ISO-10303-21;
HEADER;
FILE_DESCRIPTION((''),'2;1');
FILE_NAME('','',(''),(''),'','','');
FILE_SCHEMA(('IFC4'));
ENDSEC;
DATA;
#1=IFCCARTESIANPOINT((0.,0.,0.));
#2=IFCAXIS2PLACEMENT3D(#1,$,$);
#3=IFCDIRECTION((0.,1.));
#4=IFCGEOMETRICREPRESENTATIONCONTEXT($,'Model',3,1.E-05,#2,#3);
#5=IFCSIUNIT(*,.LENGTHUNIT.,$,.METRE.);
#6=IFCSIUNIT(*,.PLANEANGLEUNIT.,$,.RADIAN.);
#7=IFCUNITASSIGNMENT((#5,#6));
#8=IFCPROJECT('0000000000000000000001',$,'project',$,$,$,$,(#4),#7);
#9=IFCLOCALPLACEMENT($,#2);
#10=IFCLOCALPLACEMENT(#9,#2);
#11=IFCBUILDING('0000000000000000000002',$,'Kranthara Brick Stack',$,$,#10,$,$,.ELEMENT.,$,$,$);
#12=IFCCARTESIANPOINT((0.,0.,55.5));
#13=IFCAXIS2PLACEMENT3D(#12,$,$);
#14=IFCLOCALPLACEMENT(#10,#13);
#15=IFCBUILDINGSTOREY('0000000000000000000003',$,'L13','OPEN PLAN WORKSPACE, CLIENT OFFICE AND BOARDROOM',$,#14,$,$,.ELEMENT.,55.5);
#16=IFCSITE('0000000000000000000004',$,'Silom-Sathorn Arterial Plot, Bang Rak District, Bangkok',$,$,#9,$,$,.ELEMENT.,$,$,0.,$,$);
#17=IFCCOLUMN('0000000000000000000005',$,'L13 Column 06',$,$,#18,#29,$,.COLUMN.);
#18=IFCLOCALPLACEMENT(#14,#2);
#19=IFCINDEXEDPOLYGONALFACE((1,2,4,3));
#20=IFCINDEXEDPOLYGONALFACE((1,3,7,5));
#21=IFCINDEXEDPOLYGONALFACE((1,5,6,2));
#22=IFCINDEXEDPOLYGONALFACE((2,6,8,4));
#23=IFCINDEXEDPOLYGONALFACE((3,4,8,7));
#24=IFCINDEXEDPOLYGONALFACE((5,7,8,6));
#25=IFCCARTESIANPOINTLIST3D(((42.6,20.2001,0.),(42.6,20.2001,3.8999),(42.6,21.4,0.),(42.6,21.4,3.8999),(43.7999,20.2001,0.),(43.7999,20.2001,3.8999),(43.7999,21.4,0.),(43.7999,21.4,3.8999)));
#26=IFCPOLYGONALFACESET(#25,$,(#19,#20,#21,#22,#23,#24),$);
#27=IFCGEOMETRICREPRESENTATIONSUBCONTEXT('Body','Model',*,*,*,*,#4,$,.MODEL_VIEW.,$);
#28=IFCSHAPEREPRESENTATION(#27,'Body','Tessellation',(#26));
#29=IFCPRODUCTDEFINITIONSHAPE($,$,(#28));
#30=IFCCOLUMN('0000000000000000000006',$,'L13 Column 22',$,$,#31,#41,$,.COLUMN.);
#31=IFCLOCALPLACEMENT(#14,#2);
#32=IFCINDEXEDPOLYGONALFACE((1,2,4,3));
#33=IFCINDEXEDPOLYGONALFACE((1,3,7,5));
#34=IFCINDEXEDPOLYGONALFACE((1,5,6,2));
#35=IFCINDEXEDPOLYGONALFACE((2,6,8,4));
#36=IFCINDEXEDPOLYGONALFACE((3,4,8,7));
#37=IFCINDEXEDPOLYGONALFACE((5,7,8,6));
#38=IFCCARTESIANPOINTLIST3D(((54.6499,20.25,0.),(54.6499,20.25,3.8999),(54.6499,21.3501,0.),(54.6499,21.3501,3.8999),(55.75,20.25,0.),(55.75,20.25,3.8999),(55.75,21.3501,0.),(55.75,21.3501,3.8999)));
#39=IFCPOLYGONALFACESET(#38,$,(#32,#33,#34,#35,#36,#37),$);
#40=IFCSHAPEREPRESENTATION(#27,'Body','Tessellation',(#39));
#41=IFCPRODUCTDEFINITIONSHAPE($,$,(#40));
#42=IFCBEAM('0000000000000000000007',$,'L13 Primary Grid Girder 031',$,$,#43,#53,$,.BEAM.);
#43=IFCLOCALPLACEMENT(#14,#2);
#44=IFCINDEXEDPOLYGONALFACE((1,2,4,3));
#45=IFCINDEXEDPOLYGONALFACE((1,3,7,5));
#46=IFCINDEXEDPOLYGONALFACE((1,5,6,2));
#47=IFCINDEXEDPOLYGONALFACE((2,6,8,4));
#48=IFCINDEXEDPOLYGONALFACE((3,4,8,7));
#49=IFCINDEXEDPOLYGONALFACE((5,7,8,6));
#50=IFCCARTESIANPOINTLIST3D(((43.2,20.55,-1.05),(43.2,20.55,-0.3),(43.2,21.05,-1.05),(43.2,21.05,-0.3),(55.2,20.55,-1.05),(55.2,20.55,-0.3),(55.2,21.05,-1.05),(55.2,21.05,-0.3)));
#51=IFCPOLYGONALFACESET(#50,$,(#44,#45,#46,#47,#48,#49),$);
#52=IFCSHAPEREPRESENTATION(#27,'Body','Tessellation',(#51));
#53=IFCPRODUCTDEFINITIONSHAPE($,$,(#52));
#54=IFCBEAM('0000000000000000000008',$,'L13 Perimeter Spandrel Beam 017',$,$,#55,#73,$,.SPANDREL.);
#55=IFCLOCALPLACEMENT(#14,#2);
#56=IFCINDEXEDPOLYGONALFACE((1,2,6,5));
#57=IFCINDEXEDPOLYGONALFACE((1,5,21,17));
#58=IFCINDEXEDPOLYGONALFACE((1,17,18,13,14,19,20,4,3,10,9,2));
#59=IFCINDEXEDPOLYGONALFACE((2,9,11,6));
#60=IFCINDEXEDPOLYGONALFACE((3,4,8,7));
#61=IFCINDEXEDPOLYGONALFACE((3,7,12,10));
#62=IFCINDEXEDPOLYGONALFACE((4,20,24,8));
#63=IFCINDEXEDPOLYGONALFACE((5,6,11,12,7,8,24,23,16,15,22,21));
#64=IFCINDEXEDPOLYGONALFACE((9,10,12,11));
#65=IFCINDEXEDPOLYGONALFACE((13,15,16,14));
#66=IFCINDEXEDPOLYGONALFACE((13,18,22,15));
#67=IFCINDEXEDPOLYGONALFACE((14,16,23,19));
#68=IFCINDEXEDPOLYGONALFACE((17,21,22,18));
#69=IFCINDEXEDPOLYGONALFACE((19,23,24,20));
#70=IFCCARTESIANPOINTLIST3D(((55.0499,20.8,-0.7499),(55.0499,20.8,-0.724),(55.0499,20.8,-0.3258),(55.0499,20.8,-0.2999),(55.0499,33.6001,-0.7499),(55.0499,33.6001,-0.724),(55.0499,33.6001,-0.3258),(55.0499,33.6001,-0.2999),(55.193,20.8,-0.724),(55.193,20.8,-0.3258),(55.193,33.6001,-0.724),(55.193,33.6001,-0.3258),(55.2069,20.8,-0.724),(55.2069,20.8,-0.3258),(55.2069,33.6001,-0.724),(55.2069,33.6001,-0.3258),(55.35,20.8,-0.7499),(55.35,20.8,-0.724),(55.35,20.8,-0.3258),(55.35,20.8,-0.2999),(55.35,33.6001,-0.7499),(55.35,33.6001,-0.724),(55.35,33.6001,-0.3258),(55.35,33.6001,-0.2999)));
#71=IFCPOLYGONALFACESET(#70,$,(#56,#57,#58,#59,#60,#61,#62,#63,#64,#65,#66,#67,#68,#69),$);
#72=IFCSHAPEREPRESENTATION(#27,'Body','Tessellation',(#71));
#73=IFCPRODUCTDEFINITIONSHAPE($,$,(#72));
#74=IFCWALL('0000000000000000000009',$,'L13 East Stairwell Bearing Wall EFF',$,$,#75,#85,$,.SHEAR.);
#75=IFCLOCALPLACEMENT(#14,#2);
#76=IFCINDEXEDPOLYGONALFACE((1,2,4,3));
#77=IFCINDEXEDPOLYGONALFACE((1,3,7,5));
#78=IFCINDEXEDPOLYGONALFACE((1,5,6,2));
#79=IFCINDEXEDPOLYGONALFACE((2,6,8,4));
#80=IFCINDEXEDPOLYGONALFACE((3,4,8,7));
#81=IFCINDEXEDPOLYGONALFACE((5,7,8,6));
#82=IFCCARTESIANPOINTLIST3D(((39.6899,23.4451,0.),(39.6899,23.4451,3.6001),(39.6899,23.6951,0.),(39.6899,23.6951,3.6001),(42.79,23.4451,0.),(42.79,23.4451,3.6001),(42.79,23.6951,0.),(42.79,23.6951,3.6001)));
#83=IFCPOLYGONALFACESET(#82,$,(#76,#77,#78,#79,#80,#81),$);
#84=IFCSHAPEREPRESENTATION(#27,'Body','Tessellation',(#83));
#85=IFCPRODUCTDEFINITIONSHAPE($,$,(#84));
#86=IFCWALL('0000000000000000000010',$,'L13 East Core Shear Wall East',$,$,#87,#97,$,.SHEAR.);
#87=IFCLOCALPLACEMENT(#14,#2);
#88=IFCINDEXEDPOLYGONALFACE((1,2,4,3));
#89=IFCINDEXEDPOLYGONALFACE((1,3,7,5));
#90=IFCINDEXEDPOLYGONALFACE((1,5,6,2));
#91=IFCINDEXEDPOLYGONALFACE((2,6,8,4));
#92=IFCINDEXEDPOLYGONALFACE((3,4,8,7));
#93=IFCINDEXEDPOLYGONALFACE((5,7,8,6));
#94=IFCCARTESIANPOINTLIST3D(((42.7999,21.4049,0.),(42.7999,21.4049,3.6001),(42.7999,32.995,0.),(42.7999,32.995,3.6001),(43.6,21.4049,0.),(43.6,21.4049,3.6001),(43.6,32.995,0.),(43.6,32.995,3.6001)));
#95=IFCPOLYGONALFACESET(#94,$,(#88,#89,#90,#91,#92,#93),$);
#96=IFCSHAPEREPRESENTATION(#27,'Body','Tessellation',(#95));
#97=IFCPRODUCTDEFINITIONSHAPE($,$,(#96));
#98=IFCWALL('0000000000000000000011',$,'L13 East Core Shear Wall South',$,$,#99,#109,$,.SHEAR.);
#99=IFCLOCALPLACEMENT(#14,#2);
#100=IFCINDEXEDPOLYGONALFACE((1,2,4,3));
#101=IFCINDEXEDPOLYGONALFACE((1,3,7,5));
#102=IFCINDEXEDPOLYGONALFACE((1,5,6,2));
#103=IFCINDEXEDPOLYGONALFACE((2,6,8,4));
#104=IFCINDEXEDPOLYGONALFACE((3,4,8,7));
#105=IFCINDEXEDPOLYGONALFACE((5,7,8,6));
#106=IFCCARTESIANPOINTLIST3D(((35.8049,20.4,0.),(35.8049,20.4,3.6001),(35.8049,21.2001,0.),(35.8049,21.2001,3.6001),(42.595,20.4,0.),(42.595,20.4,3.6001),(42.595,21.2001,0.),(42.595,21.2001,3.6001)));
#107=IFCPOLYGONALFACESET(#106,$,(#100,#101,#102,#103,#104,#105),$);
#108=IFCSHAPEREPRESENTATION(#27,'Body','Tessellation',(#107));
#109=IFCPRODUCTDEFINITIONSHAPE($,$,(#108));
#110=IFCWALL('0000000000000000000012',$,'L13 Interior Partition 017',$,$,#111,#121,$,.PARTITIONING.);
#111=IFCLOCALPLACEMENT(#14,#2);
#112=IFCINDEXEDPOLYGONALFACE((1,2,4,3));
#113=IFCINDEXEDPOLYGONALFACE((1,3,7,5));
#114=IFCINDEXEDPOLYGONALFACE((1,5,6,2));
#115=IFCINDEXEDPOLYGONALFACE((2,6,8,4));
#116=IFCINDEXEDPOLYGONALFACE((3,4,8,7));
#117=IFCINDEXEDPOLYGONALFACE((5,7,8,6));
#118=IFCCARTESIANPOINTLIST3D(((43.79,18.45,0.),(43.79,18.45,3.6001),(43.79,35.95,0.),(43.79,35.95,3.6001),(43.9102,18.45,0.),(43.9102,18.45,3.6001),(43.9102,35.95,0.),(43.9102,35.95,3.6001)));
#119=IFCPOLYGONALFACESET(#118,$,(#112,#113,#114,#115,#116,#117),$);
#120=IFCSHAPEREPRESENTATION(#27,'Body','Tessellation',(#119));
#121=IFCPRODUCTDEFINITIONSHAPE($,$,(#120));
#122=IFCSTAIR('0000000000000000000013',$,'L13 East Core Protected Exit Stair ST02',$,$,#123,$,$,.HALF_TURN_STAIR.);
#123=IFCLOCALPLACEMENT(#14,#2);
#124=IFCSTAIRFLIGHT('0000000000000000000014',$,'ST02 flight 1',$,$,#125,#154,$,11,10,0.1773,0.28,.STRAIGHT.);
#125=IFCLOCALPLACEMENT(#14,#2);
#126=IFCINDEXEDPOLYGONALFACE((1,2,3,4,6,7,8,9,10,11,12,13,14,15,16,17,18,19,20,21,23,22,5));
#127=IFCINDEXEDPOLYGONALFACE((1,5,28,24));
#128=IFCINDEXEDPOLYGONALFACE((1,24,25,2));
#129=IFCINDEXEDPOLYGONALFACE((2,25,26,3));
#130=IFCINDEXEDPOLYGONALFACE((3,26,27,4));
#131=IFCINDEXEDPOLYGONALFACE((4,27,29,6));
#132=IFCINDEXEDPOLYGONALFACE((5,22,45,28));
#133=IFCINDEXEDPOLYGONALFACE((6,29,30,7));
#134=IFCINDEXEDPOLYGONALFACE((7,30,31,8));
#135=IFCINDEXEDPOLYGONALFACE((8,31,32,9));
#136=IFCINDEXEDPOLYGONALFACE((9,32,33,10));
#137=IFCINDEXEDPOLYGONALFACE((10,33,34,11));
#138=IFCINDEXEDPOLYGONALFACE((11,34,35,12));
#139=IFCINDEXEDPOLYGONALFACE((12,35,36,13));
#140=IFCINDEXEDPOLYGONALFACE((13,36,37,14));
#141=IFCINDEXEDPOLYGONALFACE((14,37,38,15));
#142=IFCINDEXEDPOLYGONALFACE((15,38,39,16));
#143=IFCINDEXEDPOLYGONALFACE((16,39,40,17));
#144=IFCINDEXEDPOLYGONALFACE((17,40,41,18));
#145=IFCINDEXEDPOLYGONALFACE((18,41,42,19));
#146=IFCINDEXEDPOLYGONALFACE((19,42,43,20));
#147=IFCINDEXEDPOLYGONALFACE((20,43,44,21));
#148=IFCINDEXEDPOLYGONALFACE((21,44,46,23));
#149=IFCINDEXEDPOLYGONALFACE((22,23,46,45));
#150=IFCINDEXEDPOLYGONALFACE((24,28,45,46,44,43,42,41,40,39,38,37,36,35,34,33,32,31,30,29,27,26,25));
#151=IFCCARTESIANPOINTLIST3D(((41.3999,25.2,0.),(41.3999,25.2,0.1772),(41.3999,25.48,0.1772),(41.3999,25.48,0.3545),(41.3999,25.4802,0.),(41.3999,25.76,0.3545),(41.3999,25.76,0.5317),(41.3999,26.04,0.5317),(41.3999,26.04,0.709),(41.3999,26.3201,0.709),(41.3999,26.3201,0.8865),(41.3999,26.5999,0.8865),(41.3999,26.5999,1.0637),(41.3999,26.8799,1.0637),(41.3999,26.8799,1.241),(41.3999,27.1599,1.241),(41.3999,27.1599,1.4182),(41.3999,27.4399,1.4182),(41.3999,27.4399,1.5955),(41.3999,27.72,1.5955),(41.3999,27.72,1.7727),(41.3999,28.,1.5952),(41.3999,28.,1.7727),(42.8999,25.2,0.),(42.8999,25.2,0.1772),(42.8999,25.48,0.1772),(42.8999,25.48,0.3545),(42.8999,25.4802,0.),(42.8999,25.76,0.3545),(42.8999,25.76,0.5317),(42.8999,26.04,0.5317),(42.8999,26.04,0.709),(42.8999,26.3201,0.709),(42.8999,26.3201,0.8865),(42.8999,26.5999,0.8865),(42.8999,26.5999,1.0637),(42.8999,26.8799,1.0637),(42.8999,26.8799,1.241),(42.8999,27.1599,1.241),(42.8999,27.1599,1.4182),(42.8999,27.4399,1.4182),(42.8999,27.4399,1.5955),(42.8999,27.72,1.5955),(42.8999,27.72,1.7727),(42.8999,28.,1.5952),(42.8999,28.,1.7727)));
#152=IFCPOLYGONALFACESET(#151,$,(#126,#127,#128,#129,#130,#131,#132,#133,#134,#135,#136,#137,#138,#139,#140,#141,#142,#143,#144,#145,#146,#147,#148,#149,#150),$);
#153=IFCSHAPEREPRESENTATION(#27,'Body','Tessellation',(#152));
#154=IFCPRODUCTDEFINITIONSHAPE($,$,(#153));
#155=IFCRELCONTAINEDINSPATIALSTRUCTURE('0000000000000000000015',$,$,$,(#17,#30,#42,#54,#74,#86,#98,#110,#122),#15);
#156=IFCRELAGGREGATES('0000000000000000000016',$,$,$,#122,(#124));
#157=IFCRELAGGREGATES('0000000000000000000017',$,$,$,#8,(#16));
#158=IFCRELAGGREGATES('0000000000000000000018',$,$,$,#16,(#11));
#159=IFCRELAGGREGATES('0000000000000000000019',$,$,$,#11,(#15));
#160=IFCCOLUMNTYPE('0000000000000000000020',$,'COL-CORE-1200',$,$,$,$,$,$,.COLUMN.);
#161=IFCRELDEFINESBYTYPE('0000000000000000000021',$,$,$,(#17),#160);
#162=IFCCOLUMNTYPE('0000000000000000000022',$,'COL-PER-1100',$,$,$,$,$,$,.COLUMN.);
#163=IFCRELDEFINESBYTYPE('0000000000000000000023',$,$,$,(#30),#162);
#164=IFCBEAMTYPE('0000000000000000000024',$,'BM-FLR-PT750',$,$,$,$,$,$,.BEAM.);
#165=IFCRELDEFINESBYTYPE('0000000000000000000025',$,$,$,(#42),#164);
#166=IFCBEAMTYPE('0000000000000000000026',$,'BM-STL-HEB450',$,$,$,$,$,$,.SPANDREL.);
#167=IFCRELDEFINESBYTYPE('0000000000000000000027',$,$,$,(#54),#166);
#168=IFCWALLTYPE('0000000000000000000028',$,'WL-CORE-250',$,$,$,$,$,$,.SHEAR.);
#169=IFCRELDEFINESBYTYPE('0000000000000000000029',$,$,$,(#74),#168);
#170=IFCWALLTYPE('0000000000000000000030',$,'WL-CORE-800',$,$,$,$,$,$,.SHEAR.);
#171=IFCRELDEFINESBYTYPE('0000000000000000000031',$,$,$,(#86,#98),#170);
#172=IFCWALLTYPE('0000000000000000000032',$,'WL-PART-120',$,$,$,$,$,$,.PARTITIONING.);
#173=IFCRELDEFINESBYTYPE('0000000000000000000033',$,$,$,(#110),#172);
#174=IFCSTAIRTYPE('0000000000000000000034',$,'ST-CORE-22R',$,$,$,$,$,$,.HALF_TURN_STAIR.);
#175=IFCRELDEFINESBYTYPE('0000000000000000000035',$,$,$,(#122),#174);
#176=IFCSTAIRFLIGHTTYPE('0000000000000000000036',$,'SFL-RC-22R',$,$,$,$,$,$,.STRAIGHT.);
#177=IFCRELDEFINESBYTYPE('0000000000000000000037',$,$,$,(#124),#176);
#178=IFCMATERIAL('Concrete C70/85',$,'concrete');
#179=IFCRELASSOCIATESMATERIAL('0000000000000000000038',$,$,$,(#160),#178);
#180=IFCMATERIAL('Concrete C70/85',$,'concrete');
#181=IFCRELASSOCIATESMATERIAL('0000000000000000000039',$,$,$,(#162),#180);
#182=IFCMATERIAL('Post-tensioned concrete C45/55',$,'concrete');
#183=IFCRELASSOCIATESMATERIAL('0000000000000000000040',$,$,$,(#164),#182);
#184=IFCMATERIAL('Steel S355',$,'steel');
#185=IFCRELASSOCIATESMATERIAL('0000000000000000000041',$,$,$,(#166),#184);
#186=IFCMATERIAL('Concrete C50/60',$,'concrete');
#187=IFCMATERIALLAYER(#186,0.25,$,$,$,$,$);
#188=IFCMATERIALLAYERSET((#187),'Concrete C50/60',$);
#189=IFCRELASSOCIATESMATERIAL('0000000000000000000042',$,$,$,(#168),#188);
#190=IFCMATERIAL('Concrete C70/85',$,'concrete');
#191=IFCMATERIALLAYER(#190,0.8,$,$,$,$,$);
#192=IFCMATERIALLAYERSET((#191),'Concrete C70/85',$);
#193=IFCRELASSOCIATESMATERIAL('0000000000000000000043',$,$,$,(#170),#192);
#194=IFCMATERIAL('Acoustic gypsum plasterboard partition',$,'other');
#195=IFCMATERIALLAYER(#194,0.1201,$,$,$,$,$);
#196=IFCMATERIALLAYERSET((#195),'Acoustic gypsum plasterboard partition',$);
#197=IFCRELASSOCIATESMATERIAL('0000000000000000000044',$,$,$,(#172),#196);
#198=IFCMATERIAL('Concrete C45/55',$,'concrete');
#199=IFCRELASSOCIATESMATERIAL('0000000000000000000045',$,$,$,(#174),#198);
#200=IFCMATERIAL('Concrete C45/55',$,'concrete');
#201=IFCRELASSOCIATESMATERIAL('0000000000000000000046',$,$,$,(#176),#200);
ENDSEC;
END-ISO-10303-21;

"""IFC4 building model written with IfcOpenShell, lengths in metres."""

from ifc_helpers import new_model, si_unit, direction, frame, frame_2d, origin, origin_2d, place, context, subcontext, project, spatial, polyline, rectangle, i_section, outline, extrude, material, layer, layer_set, material_profile, profile_set, type_object, element, aggregate, save


model = new_model("IFC4")

# Units and contexts
model_context = context("Model", 3, precision=1e-05, world=origin(), true_north=direction((0.0, 1.0)))
body_context = subcontext(model_context, "Body", "Model", "MODEL_VIEW")
ifc_project = project(units=[si_unit("LENGTHUNIT", "METRE"), si_unit("PLANEANGLEUNIT", "RADIAN")], contexts=[model_context])

# Site, building, storey
site_placement = place(None, origin())
site = spatial("IfcSite", under=ifc_project, at=site_placement, Name="Silom-Sathorn Arterial Plot, Bang Rak District, Bangkok", CompositionType="ELEMENT", RefElevation=0.0)
building_placement = place(site_placement, origin())
building = spatial("IfcBuilding", under=site, at=building_placement, Name="Kranthara Brick Stack", CompositionType="ELEMENT")
storey_placement = place(building_placement, frame((0.0, 0.0, 55.5)))
storey = spatial("IfcBuildingStorey", under=building, at=storey_placement, Name="L13", Description="OPEN PLAN WORKSPACE, CLIENT OFFICE AND BOARDROOM", CompositionType="ELEMENT", Elevation=55.5)

# Columns
ifc_material_1 = material(Name="Concrete C70/85", Category="concrete")
ifc_material_profile_1 = material_profile(ifc_material_1, rectangle(XDim=1.2, YDim=1.2, at=origin_2d()), Name="RC 1200x1200")
ifc_profile_set_1 = profile_set([ifc_material_profile_1], Name="Concrete C70/85")
column_type_1 = type_object("IfcColumnType", Name="COL-CORE-1200", PredefinedType="COLUMN", material=ifc_profile_set_1)
column_1_placement = place(storey_placement, frame((43.2, 20.8, 0.0), z_axis=(0.0, 0.0, 1.0), x_axis=(1.0, 0.0, 0.0)))
element("IfcColumn", 1, at=column_1_placement, inside=storey, type_object=column_type_1, Name="L13 Column 06", PredefinedType="COLUMN", context=body_context, shape_type="SweptSolid", body=[
    extrude(rectangle(XDim=1.2, YDim=1.2, at=origin_2d()), origin(), (0.0, 0.0, 1.0), 3.8999),
])
ifc_material_2 = material(Name="Concrete C70/85", Category="concrete")
ifc_material_profile_2 = material_profile(ifc_material_2, rectangle(XDim=1.1001, YDim=1.1001, at=origin_2d()), Name="RC 1100x1100")
ifc_profile_set_2 = profile_set([ifc_material_profile_2], Name="Concrete C70/85")
column_type_2 = type_object("IfcColumnType", Name="COL-PER-1100", PredefinedType="COLUMN", material=ifc_profile_set_2)
column_2_placement = place(storey_placement, frame((55.2, 20.8, 0.0), z_axis=(0.0, 0.0, 1.0), x_axis=(1.0, 0.0, 0.0)))
element("IfcColumn", 2, at=column_2_placement, inside=storey, type_object=column_type_2, Name="L13 Column 22", PredefinedType="COLUMN", context=body_context, shape_type="SweptSolid", body=[
    extrude(rectangle(XDim=1.1001, YDim=1.1001, at=origin_2d()), origin(), (0.0, 0.0, 1.0), 3.8999),
])

# Beams
ifc_material_3 = material(Name="Post-tensioned concrete C45/55", Category="concrete")
ifc_material_profile_3 = material_profile(ifc_material_3, rectangle(XDim=0.5, YDim=0.75, at=origin_2d()), Name="PT 500x750")
ifc_profile_set_3 = profile_set([ifc_material_profile_3], Name="Post-tensioned concrete C45/55")
beam_type_1 = type_object("IfcBeamType", Name="BM-FLR-PT750", PredefinedType="BEAM", material=ifc_profile_set_3)
beam_1_placement = place(storey_placement, frame((43.2, 20.8, -0.675), z_axis=(1.0, 0.0, 0.0), x_axis=(0.0, 1.0, 0.0)))
element("IfcBeam", 3, at=beam_1_placement, inside=storey, type_object=beam_type_1, Name="L13 Primary Grid Girder 031", PredefinedType="BEAM", context=body_context, shape_type="SweptSolid", body=[
    extrude(rectangle(XDim=0.5, YDim=0.75, at=origin_2d()), origin(), (0.0, 0.0, 1.0), 12.0),
])
ifc_material_4 = material(Name="Steel S355", Category="steel")
ifc_material_profile_4 = material_profile(ifc_material_4, i_section(OverallWidth=0.3, OverallDepth=0.45, WebThickness=0.0139, FlangeThickness=0.0259, at=origin_2d()), Name="HEB 450")
ifc_profile_set_4 = profile_set([ifc_material_profile_4], Name="Steel S355")
beam_type_2 = type_object("IfcBeamType", Name="BM-STL-HEB450", PredefinedType="SPANDREL", material=ifc_profile_set_4)
beam_2_placement = place(storey_placement, frame((55.2, 20.8, -0.5249), z_axis=(0.0, 1.0, 0.0), x_axis=(-1.0, 0.0, 0.0)))
element("IfcBeam", 4, at=beam_2_placement, inside=storey, type_object=beam_type_2, Name="L13 Perimeter Spandrel Beam 017", PredefinedType="SPANDREL", context=body_context, shape_type="SweptSolid", body=[
    extrude(i_section(OverallWidth=0.3, OverallDepth=0.45, WebThickness=0.0139, FlangeThickness=0.0259, at=origin_2d()), origin(), (0.0, 0.0, 1.0), 12.8),
])

# Shared definitions
ifc_material_5 = material(Name="Concrete C50/60", Category="concrete")
ifc_layer_1 = layer(ifc_material_5, 0.25)
ifc_layer_set_1 = layer_set([ifc_layer_1], Name="Concrete C50/60")
wall_type_1 = type_object("IfcWallType", Name="WL-CORE-250", PredefinedType="SHEAR", material=ifc_layer_set_1)

# Walls
wall_1_placement = place(storey_placement, frame((39.6899, 23.5701, 0.0), z_axis=(0.0, 0.0, 1.0), x_axis=(1.0, 0.0, 0.0)))
element("IfcWall", 5, at=wall_1_placement, inside=storey, type_object=wall_type_1, Name="L13 East Stairwell Bearing Wall EFF", PredefinedType="SHEAR", context=body_context, shape_type="SweptSolid", body=[
    extrude(rectangle(XDim=3.1001, YDim=0.25, at=frame_2d((1.55, 0.0))), origin(), (0.0, 0.0, 1.0), 3.6001),
])
ifc_material_6 = material(Name="Concrete C70/85", Category="concrete")
ifc_layer_2 = layer(ifc_material_6, 0.8)
ifc_layer_set_2 = layer_set([ifc_layer_2], Name="Concrete C70/85")
wall_type_2 = type_object("IfcWallType", Name="WL-CORE-800", PredefinedType="SHEAR", material=ifc_layer_set_2)
wall_2_placement = place(storey_placement, frame((43.2, 21.405, 0.0), z_axis=(0.0, 0.0, 1.0), x_axis=(0.0, 1.0, 0.0)))
element("IfcWall", 6, at=wall_2_placement, inside=storey, type_object=wall_type_2, Name="L13 East Core Shear Wall East", PredefinedType="SHEAR", context=body_context, shape_type="SweptSolid", body=[
    extrude(rectangle(XDim=11.5901, YDim=0.8, at=frame_2d((5.7949, 0.0))), origin(), (0.0, 0.0, 1.0), 3.6001),
])
wall_3_placement = place(storey_placement, frame((35.8049, 20.8, 0.0), z_axis=(0.0, 0.0, 1.0), x_axis=(1.0, 0.0, 0.0)))
element("IfcWall", 7, at=wall_3_placement, inside=storey, type_object=wall_type_2, Name="L13 East Core Shear Wall South", PredefinedType="SHEAR", context=body_context, shape_type="SweptSolid", body=[
    extrude(rectangle(XDim=6.79, YDim=0.8, at=frame_2d((3.395, 0.0))), origin(), (0.0, 0.0, 1.0), 3.6001),
])
ifc_material_7 = material(Name="Acoustic gypsum plasterboard partition", Category="other")
ifc_layer_3 = layer(ifc_material_7, 0.1201)
ifc_layer_set_3 = layer_set([ifc_layer_3], Name="Acoustic gypsum plasterboard partition")
wall_type_3 = type_object("IfcWallType", Name="WL-PART-120", PredefinedType="PARTITIONING", material=ifc_layer_set_3)
wall_4_placement = place(storey_placement, frame((43.8501, 18.45, 0.0), z_axis=(0.0, 0.0, 1.0), x_axis=(0.0, 1.0, 0.0)))
element("IfcWall", 8, at=wall_4_placement, inside=storey, type_object=wall_type_3, Name="L13 Interior Partition 017", PredefinedType="PARTITIONING", context=body_context, shape_type="SweptSolid", body=[
    extrude(rectangle(XDim=17.5, YDim=0.1201, at=frame_2d((8.75, 0.0))), origin(), (0.0, 0.0, 1.0), 3.6001),
])

# Stair, stair flight
ifc_material_8 = material(Name="Concrete C45/55", Category="concrete")
stair_type = type_object("IfcStairType", Name="ST-CORE-22R", PredefinedType="HALF_TURN_STAIR", material=ifc_material_8)
stair_placement = place(storey_placement, origin())
stair = element("IfcStair", 9, at=stair_placement, inside=storey, type_object=stair_type, Name="L13 East Core Protected Exit Stair ST02", PredefinedType="HALF_TURN_STAIR")
ifc_material_9 = material(Name="Concrete C45/55", Category="concrete")
stair_flight_type = type_object("IfcStairFlightType", Name="SFL-RC-22R", PredefinedType="STRAIGHT", material=ifc_material_9)
stair_flight_placement = place(storey_placement, frame((42.1499, 25.2, 0.0), z_axis=(0.0, 0.0, 1.0), x_axis=(0.0, 1.0, 0.0)))
stair_flight = element("IfcStairFlight", 10, at=stair_flight_placement, type_object=stair_flight_type, Name="ST02 flight 1", NumberOfRisers=11, NumberOfTreads=10, PredefinedType="STRAIGHT", RiserHeight=0.1773, TreadLength=0.28, context=body_context, shape_type="SweptSolid", body=[
    extrude(outline(polyline([(0.0, 0.0), (0.0, 0.1772), (0.28, 0.1772), (0.28, 0.3545), (0.5601, 0.3545), (0.5601, 0.5317), (0.8401, 0.5317), (0.8401, 0.709), (1.1201, 0.709), (1.1201, 0.8865), (1.3999, 0.8865), (1.3999, 1.0637), (1.6799, 1.0637), (1.6799, 1.241), (1.96, 1.241), (1.96, 1.4182), (2.24, 1.4182), (2.24, 1.5955), (2.52, 1.5955), (2.52, 1.7727), (2.8, 1.7727), (2.8, 1.95), (2.8, 1.5952), (0.2803, 0.0), (0.0, 0.0)])), frame((0.0, 0.75, 0.0), z_axis=(0.0, -1.0, 0.0), x_axis=(1.0, 0.0, 0.0)), (0.0, 0.0, 1.0), 1.5),
])
aggregate(stair, [stair_flight])

save(model, "model.ifc")
